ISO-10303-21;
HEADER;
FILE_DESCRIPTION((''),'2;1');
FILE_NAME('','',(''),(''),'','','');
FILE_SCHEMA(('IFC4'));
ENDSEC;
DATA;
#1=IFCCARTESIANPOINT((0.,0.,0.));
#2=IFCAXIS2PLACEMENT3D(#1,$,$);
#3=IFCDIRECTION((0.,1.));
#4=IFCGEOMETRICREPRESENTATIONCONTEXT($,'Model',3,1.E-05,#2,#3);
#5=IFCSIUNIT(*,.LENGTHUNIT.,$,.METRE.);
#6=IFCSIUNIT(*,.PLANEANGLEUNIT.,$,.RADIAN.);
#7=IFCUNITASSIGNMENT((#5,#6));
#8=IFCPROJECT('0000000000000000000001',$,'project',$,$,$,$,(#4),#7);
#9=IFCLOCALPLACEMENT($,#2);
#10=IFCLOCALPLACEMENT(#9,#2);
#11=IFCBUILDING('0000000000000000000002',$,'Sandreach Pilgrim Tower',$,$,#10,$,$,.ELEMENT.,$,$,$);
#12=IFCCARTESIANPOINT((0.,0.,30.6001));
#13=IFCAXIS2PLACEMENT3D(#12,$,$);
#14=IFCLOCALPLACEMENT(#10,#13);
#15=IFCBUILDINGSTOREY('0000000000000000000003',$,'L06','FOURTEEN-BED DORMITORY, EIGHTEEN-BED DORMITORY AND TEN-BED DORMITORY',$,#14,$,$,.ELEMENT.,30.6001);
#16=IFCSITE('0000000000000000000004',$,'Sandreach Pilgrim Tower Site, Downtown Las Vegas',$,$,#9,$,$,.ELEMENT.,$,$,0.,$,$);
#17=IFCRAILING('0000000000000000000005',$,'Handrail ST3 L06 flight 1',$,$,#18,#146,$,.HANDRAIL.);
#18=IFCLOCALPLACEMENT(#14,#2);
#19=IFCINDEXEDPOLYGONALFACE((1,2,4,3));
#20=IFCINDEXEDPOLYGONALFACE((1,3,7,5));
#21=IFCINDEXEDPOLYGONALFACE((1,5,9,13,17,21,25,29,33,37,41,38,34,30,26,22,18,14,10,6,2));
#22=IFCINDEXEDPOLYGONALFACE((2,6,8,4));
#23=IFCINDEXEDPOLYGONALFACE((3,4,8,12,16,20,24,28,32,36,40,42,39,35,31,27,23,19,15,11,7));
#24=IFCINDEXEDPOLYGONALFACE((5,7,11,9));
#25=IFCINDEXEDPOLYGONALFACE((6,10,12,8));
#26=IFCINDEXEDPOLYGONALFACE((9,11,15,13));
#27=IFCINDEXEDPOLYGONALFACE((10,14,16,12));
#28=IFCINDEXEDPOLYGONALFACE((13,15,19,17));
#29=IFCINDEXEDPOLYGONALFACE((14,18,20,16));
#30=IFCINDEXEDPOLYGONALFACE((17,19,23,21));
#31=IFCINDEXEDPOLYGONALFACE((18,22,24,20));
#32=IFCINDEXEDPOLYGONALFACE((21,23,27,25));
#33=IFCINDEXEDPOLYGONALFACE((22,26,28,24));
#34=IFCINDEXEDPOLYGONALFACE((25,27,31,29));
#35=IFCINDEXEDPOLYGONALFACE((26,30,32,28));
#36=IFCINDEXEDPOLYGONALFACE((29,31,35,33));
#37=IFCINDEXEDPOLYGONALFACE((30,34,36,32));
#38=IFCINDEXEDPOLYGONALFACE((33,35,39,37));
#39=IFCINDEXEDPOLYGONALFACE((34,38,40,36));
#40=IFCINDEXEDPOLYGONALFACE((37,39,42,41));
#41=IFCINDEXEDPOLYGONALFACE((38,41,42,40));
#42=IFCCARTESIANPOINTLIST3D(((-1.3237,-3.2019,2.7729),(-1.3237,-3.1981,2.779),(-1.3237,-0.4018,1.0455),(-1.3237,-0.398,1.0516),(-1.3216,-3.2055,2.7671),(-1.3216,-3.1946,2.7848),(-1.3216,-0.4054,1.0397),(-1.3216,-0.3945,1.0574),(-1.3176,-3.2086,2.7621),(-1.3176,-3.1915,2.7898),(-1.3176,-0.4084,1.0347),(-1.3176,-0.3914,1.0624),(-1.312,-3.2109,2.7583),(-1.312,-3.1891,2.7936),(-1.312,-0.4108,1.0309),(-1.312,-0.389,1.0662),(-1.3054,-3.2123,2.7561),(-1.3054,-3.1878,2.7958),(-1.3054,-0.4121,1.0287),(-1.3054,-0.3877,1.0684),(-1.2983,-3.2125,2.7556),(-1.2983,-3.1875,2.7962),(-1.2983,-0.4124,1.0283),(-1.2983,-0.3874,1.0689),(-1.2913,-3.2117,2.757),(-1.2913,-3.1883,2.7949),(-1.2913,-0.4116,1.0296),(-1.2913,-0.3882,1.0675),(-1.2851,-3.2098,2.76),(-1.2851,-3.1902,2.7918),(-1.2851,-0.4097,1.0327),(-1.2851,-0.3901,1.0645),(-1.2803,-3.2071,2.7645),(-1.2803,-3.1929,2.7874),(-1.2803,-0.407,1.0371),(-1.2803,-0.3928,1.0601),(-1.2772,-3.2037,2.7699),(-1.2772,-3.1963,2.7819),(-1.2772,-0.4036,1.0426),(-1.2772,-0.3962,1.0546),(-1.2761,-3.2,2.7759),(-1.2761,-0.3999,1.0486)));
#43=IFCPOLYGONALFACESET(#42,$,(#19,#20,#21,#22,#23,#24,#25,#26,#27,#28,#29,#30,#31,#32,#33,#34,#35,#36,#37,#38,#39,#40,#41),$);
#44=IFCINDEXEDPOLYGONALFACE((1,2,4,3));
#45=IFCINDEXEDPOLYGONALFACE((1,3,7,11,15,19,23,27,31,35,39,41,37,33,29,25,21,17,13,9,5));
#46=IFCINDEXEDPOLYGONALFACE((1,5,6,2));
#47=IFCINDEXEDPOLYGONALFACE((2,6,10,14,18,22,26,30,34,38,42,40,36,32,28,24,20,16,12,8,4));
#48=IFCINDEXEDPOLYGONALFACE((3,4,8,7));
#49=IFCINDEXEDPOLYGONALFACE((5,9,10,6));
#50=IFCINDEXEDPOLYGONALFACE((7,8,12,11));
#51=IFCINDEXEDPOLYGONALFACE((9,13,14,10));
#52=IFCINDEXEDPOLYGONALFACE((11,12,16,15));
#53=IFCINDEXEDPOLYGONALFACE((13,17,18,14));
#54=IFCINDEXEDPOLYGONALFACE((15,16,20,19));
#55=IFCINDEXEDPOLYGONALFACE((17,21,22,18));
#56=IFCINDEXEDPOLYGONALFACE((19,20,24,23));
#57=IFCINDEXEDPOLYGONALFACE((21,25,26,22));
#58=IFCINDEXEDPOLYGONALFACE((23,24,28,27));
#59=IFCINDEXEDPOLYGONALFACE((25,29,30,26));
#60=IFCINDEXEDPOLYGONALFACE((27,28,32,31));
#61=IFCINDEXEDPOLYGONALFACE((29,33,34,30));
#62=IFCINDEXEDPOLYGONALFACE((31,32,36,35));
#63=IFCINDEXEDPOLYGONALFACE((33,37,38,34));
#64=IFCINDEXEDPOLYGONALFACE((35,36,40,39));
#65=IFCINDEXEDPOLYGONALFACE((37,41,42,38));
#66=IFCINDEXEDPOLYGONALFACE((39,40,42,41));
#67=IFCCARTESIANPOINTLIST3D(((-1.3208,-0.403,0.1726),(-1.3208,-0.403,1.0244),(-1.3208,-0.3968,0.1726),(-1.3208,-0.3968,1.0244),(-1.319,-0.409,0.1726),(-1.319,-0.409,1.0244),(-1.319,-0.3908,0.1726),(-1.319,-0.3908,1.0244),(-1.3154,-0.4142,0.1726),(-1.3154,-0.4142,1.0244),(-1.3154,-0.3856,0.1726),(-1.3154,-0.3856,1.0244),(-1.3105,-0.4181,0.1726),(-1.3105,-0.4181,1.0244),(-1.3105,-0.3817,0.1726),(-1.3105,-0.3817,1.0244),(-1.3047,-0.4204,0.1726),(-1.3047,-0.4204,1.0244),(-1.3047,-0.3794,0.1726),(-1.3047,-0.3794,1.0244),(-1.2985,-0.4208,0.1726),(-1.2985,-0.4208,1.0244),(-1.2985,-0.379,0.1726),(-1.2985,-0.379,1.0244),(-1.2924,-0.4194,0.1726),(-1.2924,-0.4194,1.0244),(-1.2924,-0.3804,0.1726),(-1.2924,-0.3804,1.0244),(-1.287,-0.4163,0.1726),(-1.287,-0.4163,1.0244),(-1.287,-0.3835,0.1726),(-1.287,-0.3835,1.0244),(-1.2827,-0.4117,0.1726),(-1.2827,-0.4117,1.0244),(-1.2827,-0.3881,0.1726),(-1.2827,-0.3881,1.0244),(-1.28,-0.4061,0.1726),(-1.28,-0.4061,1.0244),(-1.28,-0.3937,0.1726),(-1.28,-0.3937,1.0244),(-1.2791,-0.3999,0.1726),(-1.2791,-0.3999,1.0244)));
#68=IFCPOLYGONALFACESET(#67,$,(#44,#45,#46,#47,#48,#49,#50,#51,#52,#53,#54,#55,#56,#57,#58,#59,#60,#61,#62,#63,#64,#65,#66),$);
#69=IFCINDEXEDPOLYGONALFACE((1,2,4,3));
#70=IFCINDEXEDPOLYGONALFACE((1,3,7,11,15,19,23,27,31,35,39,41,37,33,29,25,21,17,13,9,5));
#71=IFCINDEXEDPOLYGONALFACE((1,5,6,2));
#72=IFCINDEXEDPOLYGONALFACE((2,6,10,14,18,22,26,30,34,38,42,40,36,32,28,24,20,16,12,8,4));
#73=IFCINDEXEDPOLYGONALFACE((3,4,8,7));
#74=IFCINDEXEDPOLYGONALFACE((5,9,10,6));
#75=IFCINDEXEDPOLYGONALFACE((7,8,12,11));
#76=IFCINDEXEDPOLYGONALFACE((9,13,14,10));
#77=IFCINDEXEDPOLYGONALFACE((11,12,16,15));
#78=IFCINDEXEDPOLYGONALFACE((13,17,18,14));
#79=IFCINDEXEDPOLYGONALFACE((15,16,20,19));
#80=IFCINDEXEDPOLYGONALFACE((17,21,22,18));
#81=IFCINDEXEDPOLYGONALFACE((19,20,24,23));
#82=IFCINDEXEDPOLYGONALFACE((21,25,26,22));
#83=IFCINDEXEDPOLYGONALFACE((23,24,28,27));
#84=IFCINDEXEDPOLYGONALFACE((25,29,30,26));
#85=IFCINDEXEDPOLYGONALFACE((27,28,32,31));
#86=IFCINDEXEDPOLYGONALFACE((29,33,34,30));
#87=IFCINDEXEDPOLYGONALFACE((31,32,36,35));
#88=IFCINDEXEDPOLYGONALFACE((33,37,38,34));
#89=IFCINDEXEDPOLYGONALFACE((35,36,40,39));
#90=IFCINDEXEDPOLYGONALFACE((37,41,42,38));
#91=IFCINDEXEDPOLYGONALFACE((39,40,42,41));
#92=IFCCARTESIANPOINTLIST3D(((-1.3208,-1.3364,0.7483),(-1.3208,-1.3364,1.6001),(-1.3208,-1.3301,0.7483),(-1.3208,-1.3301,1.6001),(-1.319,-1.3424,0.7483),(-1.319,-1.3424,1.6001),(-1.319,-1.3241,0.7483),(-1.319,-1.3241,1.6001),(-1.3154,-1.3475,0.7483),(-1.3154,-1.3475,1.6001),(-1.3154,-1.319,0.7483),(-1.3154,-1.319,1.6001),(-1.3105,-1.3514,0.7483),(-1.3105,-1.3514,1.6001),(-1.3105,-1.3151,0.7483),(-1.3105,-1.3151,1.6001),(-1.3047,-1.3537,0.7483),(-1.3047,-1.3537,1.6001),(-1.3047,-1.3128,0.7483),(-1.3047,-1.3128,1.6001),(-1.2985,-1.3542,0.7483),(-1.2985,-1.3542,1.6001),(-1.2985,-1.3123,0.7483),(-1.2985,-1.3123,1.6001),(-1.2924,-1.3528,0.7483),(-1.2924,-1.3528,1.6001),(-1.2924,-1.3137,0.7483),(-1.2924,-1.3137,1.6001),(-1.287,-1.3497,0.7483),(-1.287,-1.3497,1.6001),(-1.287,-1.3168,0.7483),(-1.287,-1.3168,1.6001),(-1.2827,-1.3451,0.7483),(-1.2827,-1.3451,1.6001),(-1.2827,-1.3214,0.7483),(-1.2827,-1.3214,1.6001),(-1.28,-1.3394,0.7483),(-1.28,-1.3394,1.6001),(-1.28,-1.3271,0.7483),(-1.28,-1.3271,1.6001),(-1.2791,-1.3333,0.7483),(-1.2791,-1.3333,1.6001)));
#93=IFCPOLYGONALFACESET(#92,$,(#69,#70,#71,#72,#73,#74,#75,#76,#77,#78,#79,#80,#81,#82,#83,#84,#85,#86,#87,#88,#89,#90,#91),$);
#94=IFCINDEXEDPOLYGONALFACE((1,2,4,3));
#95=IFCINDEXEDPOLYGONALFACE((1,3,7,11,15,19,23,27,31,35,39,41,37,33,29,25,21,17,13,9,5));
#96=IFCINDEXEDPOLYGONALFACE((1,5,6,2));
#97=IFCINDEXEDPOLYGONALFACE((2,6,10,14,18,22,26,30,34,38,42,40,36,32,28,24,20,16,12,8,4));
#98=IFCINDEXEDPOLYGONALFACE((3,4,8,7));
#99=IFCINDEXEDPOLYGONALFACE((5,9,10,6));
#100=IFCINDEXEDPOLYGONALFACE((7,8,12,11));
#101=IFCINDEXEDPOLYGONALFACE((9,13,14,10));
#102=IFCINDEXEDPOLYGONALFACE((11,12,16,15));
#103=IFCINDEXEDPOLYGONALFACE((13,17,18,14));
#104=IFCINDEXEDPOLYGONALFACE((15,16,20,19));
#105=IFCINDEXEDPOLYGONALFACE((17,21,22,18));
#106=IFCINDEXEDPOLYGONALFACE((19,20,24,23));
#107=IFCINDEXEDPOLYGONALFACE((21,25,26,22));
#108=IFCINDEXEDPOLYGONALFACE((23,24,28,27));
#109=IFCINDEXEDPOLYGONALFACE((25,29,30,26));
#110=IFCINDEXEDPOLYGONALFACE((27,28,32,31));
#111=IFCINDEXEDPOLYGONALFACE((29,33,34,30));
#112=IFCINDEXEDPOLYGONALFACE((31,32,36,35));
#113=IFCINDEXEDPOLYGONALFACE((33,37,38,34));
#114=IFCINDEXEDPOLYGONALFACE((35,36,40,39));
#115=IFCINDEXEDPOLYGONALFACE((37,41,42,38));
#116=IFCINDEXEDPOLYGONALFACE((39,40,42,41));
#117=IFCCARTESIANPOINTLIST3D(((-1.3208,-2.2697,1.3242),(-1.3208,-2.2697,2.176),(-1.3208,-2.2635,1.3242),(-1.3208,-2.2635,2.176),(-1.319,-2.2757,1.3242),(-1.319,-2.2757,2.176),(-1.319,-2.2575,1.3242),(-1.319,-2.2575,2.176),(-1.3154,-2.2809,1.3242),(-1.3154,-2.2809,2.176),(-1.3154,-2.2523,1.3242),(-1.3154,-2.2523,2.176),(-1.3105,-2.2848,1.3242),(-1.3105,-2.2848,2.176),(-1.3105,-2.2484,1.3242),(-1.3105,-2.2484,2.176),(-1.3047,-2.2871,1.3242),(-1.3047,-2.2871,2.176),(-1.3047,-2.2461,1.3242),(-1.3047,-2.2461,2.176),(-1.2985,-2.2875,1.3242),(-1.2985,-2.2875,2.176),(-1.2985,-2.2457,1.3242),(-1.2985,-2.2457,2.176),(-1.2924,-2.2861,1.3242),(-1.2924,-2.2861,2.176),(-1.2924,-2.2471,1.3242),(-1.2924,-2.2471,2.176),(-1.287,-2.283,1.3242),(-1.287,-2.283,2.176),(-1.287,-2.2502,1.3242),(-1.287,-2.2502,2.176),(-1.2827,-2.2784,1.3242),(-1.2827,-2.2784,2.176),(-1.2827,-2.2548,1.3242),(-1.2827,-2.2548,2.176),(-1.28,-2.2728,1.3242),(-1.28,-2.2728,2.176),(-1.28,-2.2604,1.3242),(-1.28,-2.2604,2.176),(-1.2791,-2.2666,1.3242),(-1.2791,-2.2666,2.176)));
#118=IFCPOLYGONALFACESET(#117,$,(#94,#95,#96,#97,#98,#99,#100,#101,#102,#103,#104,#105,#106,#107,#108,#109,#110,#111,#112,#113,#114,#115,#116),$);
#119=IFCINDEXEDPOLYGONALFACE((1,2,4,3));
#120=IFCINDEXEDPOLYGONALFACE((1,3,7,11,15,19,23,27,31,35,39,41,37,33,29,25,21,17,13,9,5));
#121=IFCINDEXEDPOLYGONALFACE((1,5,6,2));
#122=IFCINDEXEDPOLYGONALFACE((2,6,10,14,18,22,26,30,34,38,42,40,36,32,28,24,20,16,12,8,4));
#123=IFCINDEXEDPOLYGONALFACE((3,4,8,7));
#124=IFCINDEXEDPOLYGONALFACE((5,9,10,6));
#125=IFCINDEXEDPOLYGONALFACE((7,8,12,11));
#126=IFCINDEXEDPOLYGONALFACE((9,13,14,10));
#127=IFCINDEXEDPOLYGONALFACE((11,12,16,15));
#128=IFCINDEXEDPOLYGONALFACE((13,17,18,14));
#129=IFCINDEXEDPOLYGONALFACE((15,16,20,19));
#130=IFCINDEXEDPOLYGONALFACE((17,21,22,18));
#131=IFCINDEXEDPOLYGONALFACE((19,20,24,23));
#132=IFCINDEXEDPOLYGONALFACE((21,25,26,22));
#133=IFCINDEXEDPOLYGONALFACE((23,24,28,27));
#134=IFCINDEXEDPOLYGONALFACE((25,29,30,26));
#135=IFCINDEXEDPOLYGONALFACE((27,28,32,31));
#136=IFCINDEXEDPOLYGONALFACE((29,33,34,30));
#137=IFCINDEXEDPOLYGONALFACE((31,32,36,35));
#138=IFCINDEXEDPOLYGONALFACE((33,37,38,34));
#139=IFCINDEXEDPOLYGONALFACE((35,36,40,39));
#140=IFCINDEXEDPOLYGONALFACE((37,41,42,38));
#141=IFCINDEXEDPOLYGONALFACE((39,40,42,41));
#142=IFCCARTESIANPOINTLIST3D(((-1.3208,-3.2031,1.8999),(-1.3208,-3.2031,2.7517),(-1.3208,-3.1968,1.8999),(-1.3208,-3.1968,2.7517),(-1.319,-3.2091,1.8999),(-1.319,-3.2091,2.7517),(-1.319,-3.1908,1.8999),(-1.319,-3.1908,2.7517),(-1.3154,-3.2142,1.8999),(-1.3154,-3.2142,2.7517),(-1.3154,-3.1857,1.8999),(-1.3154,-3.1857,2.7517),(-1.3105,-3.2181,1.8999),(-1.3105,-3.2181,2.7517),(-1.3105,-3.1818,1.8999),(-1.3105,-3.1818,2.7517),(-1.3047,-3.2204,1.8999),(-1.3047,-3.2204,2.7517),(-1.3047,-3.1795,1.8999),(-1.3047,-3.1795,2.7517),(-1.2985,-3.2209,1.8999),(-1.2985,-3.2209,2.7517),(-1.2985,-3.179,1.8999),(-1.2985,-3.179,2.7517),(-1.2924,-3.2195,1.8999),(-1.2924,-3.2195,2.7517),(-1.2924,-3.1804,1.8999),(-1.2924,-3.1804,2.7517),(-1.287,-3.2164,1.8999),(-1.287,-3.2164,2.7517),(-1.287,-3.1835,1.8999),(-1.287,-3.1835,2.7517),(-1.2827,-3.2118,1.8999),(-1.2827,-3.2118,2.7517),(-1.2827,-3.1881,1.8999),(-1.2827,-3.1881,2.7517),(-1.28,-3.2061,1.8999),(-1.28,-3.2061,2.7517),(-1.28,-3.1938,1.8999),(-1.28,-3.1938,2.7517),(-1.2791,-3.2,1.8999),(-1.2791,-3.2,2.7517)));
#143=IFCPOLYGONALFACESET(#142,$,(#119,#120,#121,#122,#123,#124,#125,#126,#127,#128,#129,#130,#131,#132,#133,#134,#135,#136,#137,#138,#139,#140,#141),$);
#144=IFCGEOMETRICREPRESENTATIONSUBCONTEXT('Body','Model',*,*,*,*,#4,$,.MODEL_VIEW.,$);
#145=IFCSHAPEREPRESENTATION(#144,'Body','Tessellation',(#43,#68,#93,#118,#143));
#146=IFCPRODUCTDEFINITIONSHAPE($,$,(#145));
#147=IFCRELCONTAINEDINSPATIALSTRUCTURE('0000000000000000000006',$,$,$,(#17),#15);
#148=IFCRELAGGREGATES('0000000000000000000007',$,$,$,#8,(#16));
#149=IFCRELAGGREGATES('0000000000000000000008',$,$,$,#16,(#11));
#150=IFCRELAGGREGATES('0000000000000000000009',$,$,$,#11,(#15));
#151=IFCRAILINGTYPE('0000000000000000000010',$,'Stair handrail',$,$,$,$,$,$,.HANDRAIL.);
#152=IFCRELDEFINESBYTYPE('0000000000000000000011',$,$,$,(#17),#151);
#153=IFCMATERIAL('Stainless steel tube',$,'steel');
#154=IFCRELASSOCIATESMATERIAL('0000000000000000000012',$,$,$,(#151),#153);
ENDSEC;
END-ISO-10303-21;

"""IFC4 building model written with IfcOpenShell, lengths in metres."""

from ifc_helpers import new_model, si_unit, direction, frame, origin, origin_2d, place, context, subcontext, project, spatial, circle, extrude, material, type_object, element, save


model = new_model("IFC4")

# Units and contexts
model_context = context("Model", 3, precision=1e-05, world=origin(), true_north=direction((0.0, 1.0)))
body_context = subcontext(model_context, "Body", "Model", "MODEL_VIEW")
ifc_project = project(units=[si_unit("LENGTHUNIT", "METRE"), si_unit("PLANEANGLEUNIT", "RADIAN")], contexts=[model_context])

# Site, building, storey
site_placement = place(None, origin())
site = spatial("IfcSite", under=ifc_project, at=site_placement, Name="Sandreach Pilgrim Tower Site, Downtown Las Vegas", CompositionType="ELEMENT", RefElevation=0.0)
building_placement = place(site_placement, origin())
building = spatial("IfcBuilding", under=site, at=building_placement, Name="Sandreach Pilgrim Tower", CompositionType="ELEMENT")
storey_placement = place(building_placement, frame((0.0, 0.0, 30.6001)))
storey = spatial("IfcBuildingStorey", under=building, at=storey_placement, Name="L06", Description="FOURTEEN-BED DORMITORY, EIGHTEEN-BED DORMITORY AND TEN-BED DORMITORY", CompositionType="ELEMENT", Elevation=30.6001)

# Railing
ifc_material_1 = material(Name="Stainless steel tube", Category="steel")
railing_type = type_object("IfcRailingType", Name="Stair handrail", PredefinedType="HANDRAIL", material=ifc_material_1)
for number, where, name in (
    (1, (-1.3, -0.3999, 0.1726), "Handrail ST3 L06 flight 1"),
):
    element("IfcRailing", number, at=place(storey_placement, frame(where)), inside=storey, type_object=railing_type, Name=name, PredefinedType="HANDRAIL", context=body_context, shape_type="SweptSolid", body=[
        extrude(circle(Radius=0.0239, at=origin_2d()), frame((0.0, 0.0, 0.876), z_axis=(0.0, -0.85109, 0.52502), x_axis=(1.0, 0.0, 0.0)), (0.0, 0.0, 1.0), 3.29),
        extrude(circle(Radius=0.021, at=origin_2d()), origin(), (0.0, 0.0, 1.0), 0.8518),
        extrude(circle(Radius=0.021, at=origin_2d()), frame((0.0, -0.9333, 0.5757)), (0.0, 0.0, 1.0), 0.8518),
        extrude(circle(Radius=0.021, at=origin_2d()), frame((0.0, -1.8667, 1.1516)), (0.0, 0.0, 1.0), 0.8518),
        extrude(circle(Radius=0.021, at=origin_2d()), frame((0.0, -2.8, 1.7273)), (0.0, 0.0, 1.0), 0.8518),
    ])

save(model, "model.ifc")
